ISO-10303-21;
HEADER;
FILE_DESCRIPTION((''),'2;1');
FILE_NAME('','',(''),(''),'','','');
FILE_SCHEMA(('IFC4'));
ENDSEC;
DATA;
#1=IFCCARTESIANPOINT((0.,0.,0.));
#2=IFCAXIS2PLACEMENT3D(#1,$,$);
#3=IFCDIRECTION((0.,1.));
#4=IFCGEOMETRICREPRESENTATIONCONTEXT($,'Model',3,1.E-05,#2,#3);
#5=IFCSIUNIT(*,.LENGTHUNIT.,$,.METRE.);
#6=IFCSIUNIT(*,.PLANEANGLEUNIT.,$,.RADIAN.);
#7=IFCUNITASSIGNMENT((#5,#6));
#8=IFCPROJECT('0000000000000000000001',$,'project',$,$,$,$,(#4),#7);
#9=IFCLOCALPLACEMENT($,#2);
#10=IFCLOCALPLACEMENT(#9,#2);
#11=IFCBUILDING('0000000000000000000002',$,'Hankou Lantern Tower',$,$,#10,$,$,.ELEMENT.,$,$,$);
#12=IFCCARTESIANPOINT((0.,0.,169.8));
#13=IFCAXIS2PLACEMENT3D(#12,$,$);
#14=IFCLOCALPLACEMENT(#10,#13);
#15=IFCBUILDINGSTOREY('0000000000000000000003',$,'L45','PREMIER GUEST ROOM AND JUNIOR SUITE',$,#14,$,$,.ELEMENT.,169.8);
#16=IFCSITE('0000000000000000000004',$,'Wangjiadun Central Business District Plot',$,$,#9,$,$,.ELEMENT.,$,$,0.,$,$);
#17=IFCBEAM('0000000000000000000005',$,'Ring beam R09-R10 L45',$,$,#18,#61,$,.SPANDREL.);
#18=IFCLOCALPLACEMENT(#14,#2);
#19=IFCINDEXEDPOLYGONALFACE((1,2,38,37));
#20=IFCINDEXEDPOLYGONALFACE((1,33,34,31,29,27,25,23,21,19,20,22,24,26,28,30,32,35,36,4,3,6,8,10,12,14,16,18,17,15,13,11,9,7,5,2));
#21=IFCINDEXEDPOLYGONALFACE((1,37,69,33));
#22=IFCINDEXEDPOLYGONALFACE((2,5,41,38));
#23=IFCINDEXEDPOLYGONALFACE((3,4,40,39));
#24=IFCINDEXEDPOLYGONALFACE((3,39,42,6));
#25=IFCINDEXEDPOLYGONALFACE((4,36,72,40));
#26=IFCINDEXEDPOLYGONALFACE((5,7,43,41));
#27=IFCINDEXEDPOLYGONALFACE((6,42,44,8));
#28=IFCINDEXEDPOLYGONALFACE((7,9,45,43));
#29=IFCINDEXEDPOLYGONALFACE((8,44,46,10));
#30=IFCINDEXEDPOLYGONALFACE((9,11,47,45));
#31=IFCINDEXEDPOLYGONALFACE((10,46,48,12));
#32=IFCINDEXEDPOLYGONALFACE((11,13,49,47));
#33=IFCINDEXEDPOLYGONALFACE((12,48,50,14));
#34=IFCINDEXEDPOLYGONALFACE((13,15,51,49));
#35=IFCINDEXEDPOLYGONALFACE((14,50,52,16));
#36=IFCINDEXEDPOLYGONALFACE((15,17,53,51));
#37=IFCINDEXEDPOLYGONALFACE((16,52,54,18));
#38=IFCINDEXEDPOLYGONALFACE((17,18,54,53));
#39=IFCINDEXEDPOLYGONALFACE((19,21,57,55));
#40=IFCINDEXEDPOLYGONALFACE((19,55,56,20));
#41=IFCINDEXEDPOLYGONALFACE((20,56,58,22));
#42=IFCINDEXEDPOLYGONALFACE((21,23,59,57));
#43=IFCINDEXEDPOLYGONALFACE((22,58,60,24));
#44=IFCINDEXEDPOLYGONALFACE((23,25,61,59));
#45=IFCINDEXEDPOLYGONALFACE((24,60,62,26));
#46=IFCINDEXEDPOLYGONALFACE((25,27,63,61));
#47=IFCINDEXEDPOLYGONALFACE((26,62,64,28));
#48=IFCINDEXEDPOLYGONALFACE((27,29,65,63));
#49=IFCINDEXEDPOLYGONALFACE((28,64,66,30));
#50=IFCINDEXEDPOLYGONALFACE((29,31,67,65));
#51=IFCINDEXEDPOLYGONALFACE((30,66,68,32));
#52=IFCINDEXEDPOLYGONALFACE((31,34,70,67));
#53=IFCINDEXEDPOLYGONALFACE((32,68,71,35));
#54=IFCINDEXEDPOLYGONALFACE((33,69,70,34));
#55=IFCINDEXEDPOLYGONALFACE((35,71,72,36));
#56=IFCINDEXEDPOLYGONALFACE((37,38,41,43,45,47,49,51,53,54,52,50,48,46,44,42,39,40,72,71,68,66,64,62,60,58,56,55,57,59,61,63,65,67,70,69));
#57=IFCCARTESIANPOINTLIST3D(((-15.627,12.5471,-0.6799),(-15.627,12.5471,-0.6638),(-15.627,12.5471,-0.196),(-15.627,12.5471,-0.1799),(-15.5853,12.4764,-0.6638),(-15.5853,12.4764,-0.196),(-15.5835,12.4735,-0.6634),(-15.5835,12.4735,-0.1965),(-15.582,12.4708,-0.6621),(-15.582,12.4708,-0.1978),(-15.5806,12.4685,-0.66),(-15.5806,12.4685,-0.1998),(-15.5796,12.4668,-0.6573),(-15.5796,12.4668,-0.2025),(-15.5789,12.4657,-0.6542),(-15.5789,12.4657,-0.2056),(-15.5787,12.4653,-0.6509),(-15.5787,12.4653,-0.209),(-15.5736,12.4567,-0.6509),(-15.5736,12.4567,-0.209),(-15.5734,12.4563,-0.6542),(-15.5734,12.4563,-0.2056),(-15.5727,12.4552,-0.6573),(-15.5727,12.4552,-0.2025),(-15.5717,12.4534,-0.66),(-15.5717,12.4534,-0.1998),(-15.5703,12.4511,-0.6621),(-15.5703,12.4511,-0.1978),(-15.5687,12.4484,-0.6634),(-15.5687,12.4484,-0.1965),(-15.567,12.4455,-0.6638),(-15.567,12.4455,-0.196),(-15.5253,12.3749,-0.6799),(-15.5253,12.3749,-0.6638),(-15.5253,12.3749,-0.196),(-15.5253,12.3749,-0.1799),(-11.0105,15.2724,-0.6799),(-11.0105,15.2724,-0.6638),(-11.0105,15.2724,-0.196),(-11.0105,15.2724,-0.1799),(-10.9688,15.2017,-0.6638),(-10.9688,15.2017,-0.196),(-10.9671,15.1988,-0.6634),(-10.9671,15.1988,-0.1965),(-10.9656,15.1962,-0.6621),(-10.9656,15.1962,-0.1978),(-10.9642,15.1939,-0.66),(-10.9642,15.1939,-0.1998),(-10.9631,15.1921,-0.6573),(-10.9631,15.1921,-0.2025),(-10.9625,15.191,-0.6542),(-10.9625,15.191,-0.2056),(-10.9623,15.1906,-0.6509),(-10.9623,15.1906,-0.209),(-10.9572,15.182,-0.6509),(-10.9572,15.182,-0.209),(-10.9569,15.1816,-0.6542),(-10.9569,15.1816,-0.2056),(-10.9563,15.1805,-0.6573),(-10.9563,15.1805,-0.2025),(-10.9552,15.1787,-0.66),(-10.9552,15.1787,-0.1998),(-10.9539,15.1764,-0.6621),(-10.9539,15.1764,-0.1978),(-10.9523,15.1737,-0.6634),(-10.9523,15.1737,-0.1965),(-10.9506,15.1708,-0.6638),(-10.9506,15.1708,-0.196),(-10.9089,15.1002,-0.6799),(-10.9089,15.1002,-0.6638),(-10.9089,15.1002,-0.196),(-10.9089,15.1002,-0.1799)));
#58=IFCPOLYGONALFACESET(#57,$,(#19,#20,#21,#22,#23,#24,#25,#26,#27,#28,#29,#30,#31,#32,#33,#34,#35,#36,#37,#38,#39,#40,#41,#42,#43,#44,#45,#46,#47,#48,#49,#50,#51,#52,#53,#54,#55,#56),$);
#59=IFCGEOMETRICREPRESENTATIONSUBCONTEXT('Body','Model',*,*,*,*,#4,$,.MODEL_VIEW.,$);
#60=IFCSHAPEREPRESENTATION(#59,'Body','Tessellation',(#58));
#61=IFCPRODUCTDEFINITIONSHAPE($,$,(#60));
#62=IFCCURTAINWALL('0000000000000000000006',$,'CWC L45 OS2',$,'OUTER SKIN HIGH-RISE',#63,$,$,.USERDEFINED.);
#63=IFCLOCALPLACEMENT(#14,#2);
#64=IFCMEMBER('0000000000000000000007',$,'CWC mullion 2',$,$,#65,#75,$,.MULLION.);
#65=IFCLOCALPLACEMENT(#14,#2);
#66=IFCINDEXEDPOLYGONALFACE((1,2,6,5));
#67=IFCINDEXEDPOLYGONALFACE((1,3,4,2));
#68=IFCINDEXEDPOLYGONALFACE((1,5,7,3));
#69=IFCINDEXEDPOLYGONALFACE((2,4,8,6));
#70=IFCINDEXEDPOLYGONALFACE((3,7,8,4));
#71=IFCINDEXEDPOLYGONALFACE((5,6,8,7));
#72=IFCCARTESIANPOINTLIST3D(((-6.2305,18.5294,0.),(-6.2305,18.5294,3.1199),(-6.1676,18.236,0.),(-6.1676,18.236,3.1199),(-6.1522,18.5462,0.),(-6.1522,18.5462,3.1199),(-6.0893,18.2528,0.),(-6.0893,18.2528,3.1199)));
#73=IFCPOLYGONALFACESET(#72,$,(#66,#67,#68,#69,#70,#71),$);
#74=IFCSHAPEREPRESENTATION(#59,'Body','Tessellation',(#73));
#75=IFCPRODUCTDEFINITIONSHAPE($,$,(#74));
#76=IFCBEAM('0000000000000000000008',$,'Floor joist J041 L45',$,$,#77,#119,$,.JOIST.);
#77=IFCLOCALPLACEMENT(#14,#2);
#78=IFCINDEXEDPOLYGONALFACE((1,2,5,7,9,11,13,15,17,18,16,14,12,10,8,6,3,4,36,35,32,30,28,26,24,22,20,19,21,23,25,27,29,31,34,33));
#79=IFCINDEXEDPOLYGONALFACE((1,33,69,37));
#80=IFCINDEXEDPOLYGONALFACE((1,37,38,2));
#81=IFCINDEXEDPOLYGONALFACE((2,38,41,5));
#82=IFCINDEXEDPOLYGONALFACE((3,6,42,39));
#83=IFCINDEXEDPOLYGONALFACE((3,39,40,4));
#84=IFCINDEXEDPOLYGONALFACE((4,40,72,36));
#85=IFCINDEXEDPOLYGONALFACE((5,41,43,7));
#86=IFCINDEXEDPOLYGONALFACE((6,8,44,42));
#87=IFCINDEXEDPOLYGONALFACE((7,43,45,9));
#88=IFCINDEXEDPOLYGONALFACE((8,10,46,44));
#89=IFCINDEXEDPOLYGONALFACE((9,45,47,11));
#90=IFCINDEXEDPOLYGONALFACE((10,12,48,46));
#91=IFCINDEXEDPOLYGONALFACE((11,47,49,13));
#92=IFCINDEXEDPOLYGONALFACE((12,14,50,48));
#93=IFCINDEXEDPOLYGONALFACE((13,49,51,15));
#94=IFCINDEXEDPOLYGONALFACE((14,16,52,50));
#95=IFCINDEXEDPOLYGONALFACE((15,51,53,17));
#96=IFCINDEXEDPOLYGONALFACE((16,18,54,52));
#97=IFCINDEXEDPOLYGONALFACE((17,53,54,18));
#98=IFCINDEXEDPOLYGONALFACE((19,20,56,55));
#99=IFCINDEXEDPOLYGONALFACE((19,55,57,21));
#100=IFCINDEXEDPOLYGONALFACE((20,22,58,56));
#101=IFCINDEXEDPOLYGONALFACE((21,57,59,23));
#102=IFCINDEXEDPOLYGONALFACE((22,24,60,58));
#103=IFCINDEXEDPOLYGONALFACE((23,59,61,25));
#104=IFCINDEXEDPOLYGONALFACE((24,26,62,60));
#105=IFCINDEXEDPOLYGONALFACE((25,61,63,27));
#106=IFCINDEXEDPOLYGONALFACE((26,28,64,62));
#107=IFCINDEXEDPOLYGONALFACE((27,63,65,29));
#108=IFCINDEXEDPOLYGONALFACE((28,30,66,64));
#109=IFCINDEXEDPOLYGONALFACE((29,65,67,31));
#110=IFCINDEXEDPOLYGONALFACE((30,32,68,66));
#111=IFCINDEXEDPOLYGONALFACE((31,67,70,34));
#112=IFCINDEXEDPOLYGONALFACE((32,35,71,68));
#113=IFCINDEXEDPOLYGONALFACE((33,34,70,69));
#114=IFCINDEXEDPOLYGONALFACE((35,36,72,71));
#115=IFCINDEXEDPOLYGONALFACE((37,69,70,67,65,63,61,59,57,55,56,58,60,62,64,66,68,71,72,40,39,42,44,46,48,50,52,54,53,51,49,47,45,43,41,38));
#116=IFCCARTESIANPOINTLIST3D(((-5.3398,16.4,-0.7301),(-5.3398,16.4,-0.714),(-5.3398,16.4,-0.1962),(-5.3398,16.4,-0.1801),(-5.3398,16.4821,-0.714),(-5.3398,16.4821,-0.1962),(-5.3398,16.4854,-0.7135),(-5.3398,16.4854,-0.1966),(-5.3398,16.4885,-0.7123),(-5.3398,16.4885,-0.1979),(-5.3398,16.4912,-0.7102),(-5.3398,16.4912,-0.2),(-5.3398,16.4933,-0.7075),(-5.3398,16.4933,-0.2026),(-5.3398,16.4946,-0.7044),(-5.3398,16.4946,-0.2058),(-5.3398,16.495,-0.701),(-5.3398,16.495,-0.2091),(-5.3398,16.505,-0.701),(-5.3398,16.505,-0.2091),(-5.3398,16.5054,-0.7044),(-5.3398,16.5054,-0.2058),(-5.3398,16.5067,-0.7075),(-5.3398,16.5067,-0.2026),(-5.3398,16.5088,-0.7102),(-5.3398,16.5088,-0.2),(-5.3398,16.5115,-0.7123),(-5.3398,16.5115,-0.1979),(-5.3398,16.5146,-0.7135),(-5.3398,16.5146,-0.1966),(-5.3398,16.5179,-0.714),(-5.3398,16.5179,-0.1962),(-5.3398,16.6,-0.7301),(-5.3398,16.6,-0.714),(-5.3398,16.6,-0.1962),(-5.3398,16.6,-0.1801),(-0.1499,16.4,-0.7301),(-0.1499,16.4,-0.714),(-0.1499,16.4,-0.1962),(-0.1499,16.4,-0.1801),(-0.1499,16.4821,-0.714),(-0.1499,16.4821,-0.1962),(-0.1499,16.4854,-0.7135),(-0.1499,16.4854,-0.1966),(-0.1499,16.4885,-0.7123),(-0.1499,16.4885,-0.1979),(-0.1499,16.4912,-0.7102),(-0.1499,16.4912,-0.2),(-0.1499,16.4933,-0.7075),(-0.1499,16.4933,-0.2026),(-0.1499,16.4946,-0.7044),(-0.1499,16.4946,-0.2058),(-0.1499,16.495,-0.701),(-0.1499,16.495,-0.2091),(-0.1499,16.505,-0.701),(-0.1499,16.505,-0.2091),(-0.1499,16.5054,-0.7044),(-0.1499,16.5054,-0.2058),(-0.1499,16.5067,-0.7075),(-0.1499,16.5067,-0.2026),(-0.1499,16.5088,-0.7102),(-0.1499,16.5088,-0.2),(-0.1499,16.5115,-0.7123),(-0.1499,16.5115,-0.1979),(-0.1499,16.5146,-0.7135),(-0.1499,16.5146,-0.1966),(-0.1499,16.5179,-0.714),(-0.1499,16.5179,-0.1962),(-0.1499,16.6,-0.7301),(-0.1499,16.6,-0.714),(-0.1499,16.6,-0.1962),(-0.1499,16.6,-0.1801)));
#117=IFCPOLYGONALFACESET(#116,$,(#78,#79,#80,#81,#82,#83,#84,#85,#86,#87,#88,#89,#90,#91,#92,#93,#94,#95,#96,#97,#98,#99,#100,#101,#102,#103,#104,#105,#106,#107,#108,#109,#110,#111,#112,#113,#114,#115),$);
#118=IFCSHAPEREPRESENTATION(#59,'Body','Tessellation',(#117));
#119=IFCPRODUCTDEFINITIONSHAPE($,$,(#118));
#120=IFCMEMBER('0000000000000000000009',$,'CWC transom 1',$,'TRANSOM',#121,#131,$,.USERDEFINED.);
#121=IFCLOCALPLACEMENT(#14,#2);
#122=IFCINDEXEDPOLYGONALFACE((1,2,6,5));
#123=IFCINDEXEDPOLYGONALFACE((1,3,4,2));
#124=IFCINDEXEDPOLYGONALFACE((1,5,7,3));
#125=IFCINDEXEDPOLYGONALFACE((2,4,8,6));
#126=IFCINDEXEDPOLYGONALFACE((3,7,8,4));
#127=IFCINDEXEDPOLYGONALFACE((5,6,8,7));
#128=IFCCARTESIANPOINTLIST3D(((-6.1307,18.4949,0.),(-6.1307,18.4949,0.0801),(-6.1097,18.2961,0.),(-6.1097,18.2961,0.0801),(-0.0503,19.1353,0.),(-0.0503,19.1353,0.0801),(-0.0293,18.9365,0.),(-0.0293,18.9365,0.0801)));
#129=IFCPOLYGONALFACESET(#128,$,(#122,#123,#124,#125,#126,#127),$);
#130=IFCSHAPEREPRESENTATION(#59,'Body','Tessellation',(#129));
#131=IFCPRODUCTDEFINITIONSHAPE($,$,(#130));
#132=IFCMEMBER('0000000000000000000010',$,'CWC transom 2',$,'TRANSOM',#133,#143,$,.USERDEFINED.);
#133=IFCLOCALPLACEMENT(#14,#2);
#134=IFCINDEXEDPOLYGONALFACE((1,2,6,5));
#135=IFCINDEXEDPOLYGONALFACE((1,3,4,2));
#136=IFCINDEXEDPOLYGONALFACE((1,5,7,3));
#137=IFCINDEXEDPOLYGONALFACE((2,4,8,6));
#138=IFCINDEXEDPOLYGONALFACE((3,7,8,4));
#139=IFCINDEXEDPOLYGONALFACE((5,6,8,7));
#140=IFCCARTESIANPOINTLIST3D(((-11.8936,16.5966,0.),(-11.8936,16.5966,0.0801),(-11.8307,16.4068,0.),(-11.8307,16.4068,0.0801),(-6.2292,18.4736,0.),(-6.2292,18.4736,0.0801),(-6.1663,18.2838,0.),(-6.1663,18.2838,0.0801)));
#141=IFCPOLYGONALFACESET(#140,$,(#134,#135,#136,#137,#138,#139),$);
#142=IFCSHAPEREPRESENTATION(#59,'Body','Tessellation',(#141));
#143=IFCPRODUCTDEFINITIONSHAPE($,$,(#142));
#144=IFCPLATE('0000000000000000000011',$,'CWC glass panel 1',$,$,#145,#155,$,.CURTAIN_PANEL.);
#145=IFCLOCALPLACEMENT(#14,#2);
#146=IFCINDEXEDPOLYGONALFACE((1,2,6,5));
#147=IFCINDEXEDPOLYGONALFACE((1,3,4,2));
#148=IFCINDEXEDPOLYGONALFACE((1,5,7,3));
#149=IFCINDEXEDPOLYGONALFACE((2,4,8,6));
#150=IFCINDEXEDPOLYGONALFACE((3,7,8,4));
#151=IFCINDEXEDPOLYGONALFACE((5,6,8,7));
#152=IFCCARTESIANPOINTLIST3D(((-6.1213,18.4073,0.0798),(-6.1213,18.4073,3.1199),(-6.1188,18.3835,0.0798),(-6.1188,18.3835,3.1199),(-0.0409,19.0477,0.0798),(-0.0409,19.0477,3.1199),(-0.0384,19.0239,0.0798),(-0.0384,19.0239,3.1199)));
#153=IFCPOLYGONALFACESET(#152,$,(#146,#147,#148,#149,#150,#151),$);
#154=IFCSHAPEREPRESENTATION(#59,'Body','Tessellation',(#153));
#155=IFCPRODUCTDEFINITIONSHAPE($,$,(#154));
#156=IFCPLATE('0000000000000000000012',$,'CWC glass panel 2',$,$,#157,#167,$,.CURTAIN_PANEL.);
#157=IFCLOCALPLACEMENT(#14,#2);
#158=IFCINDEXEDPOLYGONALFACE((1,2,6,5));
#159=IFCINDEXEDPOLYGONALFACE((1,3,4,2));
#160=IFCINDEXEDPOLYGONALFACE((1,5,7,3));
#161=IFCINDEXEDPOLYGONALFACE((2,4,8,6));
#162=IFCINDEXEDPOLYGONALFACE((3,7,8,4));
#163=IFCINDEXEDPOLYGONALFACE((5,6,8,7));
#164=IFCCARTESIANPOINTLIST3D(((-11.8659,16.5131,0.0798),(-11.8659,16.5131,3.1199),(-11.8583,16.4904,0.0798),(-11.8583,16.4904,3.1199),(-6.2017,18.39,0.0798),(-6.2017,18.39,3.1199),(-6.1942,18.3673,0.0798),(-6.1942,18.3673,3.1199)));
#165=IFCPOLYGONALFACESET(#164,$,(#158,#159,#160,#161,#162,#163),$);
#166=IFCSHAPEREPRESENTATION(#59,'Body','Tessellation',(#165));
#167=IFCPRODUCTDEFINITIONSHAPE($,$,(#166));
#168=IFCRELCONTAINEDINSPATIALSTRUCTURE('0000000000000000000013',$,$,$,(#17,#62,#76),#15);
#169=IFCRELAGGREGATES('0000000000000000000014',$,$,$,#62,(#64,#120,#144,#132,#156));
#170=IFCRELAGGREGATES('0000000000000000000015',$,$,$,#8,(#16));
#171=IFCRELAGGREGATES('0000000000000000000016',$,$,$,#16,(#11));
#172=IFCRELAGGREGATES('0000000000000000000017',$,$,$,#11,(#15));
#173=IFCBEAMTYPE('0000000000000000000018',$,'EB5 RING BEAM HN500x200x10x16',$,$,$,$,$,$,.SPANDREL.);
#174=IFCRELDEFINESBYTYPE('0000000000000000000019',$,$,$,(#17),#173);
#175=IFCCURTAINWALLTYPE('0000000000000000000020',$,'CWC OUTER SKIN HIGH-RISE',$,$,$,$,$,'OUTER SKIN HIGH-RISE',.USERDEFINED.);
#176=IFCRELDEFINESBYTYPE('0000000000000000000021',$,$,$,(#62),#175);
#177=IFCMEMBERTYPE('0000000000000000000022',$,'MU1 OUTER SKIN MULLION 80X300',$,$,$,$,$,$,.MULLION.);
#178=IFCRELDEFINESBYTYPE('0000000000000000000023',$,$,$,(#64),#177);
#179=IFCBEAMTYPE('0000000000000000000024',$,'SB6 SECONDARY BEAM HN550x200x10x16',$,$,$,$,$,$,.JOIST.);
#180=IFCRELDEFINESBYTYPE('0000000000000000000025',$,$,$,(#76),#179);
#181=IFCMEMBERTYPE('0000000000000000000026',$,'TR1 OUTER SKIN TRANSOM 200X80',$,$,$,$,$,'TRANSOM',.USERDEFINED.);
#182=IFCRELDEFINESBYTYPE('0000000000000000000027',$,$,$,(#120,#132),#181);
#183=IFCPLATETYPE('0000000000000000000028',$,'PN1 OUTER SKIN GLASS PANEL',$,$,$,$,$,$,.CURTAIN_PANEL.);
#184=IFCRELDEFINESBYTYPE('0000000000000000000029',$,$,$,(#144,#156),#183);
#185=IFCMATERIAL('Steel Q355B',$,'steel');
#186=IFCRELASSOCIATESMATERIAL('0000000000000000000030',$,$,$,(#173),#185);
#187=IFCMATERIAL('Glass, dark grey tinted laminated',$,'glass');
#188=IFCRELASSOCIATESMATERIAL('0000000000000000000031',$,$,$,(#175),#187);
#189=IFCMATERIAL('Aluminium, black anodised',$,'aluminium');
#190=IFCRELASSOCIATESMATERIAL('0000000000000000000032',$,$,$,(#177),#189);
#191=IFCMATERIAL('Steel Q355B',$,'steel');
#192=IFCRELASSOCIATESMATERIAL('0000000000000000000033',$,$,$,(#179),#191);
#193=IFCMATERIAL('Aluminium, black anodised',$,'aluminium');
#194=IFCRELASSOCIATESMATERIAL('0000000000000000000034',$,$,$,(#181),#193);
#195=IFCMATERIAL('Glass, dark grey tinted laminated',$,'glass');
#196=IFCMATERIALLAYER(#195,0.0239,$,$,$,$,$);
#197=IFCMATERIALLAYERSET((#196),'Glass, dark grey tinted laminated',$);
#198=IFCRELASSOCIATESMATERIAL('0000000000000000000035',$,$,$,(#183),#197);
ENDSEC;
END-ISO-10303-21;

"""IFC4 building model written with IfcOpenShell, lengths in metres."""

from ifc_helpers import new_model, si_unit, direction, frame, origin, origin_2d, place, context, subcontext, project, spatial, rectangle, i_section, extrude, material, layer, layer_set, material_profile, profile_set, type_object, element, aggregate, save


model = new_model("IFC4")

# Units and contexts
model_context = context("Model", 3, precision=1e-05, world=origin(), true_north=direction((0.0, 1.0)))
body_context = subcontext(model_context, "Body", "Model", "MODEL_VIEW")
ifc_project = project(units=[si_unit("LENGTHUNIT", "METRE"), si_unit("PLANEANGLEUNIT", "RADIAN")], contexts=[model_context])

# Site, building, storey
site_placement = place(None, origin())
site = spatial("IfcSite", under=ifc_project, at=site_placement, Name="Wangjiadun Central Business District Plot", CompositionType="ELEMENT", RefElevation=0.0)
building_placement = place(site_placement, origin())
building = spatial("IfcBuilding", under=site, at=building_placement, Name="Hankou Lantern Tower", CompositionType="ELEMENT")
storey_placement = place(building_placement, frame((0.0, 0.0, 169.8)))
storey = spatial("IfcBuildingStorey", under=building, at=storey_placement, Name="L45", Description="PREMIER GUEST ROOM AND JUNIOR SUITE", CompositionType="ELEMENT", Elevation=169.8)

# Beam
ifc_material_1 = material(Name="Steel Q355B", Category="steel")
ifc_material_profile_1 = material_profile(ifc_material_1, i_section(OverallWidth=0.2, OverallDepth=0.5, WebThickness=0.01, FlangeThickness=0.0161, FilletRadius=0.0129, at=origin_2d()), Name="HN500x200x10x16")
ifc_profile_set_1 = profile_set([ifc_material_profile_1], Name="Steel Q355B")
beam_type_1 = type_object("IfcBeamType", Name="EB5 RING BEAM HN500x200x10x16", PredefinedType="SPANDREL", material=ifc_profile_set_1)
beam_1_placement = place(storey_placement, frame((-10.9597, 15.1863, -0.4299), z_axis=(-0.861136, -0.508375, 0.0), x_axis=(0.508375, -0.861136, 0.0)))
element("IfcBeam", 1, at=beam_1_placement, inside=storey, type_object=beam_type_1, Name="Ring beam R09-R10 L45", PredefinedType="SPANDREL", context=body_context, shape_type="SweptSolid", body=[
    extrude(i_section(OverallWidth=0.2, OverallDepth=0.5, WebThickness=0.01, FlangeThickness=0.0161, FilletRadius=0.0129, at=origin_2d()), origin(), (0.0, 0.0, 1.0), 5.3608),
])

# Curtain wall, member
ifc_material_2 = material(Name="Glass, dark grey tinted laminated", Category="glass")
curtain_wall_type = type_object("IfcCurtainWallType", Name="CWC OUTER SKIN HIGH-RISE", ElementType="OUTER SKIN HIGH-RISE", PredefinedType="USERDEFINED", material=ifc_material_2)
curtain_wall_placement = place(storey_placement, origin())
curtain_wall = element("IfcCurtainWall", 2, at=curtain_wall_placement, inside=storey, type_object=curtain_wall_type, Name="CWC L45 OS2", ObjectType="OUTER SKIN HIGH-RISE", PredefinedType="USERDEFINED")
ifc_material_3 = material(Name="Aluminium, black anodised", Category="aluminium")
ifc_material_profile_2 = material_profile(ifc_material_3, rectangle(XDim=0.0801, YDim=0.3, at=origin_2d()), Name="MU1 80X300")
ifc_profile_set_2 = profile_set([ifc_material_profile_2], Name="Aluminium, black anodised")
member_type_1 = type_object("IfcMemberType", Name="MU1 OUTER SKIN MULLION 80X300", PredefinedType="MULLION", material=ifc_profile_set_2)
member_1_placement = place(storey_placement, frame((-6.1599, 18.3911, 0.0), z_axis=(0.0, 0.0, 1.0), x_axis=(-0.977788, -0.209598, 0.0)))
member_1 = element("IfcMember", 3, at=member_1_placement, type_object=member_type_1, Name="CWC mullion 2", PredefinedType="MULLION", context=body_context, shape_type="SweptSolid", body=[
    extrude(rectangle(XDim=0.0801, YDim=0.3, at=origin_2d()), origin(), (0.0, 0.0, 1.0), 3.1199),
])

# Beam
ifc_material_4 = material(Name="Steel Q355B", Category="steel")
ifc_material_profile_3 = material_profile(ifc_material_4, i_section(OverallWidth=0.2, OverallDepth=0.55, WebThickness=0.01, FlangeThickness=0.0161, FilletRadius=0.0129, at=origin_2d()), Name="HN550x200x10x16")
ifc_profile_set_3 = profile_set([ifc_material_profile_3], Name="Steel Q355B")
beam_type_2 = type_object("IfcBeamType", Name="SB6 SECONDARY BEAM HN550x200x10x16", PredefinedType="JOIST", material=ifc_profile_set_3)
beam_2_placement = place(storey_placement, frame((-5.3398, 16.5, -0.4551), z_axis=(1.0, 0.0, 0.0), x_axis=(0.0, 1.0, 0.0)))
element("IfcBeam", 4, at=beam_2_placement, inside=storey, type_object=beam_type_2, Name="Floor joist J041 L45", PredefinedType="JOIST", context=body_context, shape_type="SweptSolid", body=[
    extrude(i_section(OverallWidth=0.2, OverallDepth=0.55, WebThickness=0.01, FlangeThickness=0.0161, FilletRadius=0.0129, at=origin_2d()), origin(), (0.0, 0.0, 1.0), 5.1899),
])

# Members
ifc_material_5 = material(Name="Aluminium, black anodised", Category="aluminium")
ifc_material_profile_4 = material_profile(ifc_material_5, rectangle(XDim=0.2, YDim=0.0801, at=origin_2d()), Name="TR1 200X80")
ifc_profile_set_4 = profile_set([ifc_material_profile_4], Name="Aluminium, black anodised")
member_type_2 = type_object("IfcMemberType", Name="TR1 OUTER SKIN TRANSOM 200X80", ElementType="TRANSOM", PredefinedType="USERDEFINED", material=ifc_profile_set_4)
member_2_placement = place(storey_placement, frame((-0.0398, 19.0359, 0.04), z_axis=(-0.9945, -0.104741, 0.0), x_axis=(0.104741, -0.9945, 0.0)))
member_2 = element("IfcMember", 5, at=member_2_placement, type_object=member_type_2, Name="CWC transom 1", ObjectType="TRANSOM", PredefinedType="USERDEFINED", context=body_context, shape_type="SweptSolid", body=[
    extrude(rectangle(XDim=0.2, YDim=0.0801, at=origin_2d()), origin(), (0.0, 0.0, 1.0), 6.114),
])
member_3_placement = place(storey_placement, frame((-6.1978, 18.3787, 0.04), z_axis=(-0.949242, -0.314546, 0.0), x_axis=(0.314546, -0.949242, 0.0)))
member_3 = element("IfcMember", 6, at=member_3_placement, type_object=member_type_2, Name="CWC transom 2", ObjectType="TRANSOM", PredefinedType="USERDEFINED", context=body_context, shape_type="SweptSolid", body=[
    extrude(rectangle(XDim=0.2, YDim=0.0801, at=origin_2d()), origin(), (0.0, 0.0, 1.0), 5.9673),
])

# Plates
ifc_material_6 = material(Name="Glass, dark grey tinted laminated", Category="glass")
ifc_layer_1 = layer(ifc_material_6, 0.0239)
ifc_layer_set_1 = layer_set([ifc_layer_1], Name="Glass, dark grey tinted laminated")
plate_type = type_object("IfcPlateType", Name="PN1 OUTER SKIN GLASS PANEL", PredefinedType="CURTAIN_PANEL", material=ifc_layer_set_1)
plate_1_placement = place(storey_placement, frame((-3.0798, 18.7156, 0.0798), z_axis=(0.0, 0.0, 1.0), x_axis=(-0.994499, -0.104743, 0.0)))
plate_1 = element("IfcPlate", 7, at=plate_1_placement, type_object=plate_type, Name="CWC glass panel 1", PredefinedType="CURTAIN_PANEL", context=body_context, shape_type="SweptSolid", body=[
    extrude(rectangle(XDim=6.114, YDim=0.0239, at=origin_2d()), origin(), (0.0, 0.0, 1.0), 3.04),
])
plate_2_placement = place(storey_placement, frame((-9.03, 17.4402, 0.0798), z_axis=(0.0, 0.0, 1.0), x_axis=(-0.949241, -0.314551, 0.0)))
plate_2 = element("IfcPlate", 8, at=plate_2_placement, type_object=plate_type, Name="CWC glass panel 2", PredefinedType="CURTAIN_PANEL", context=body_context, shape_type="SweptSolid", body=[
    extrude(rectangle(XDim=5.967, YDim=0.0239, at=origin_2d()), origin(), (0.0, 0.0, 1.0), 3.04),
])
aggregate(curtain_wall, [member_1, member_2, plate_1, member_3, plate_2])

save(model, "model.ifc")
